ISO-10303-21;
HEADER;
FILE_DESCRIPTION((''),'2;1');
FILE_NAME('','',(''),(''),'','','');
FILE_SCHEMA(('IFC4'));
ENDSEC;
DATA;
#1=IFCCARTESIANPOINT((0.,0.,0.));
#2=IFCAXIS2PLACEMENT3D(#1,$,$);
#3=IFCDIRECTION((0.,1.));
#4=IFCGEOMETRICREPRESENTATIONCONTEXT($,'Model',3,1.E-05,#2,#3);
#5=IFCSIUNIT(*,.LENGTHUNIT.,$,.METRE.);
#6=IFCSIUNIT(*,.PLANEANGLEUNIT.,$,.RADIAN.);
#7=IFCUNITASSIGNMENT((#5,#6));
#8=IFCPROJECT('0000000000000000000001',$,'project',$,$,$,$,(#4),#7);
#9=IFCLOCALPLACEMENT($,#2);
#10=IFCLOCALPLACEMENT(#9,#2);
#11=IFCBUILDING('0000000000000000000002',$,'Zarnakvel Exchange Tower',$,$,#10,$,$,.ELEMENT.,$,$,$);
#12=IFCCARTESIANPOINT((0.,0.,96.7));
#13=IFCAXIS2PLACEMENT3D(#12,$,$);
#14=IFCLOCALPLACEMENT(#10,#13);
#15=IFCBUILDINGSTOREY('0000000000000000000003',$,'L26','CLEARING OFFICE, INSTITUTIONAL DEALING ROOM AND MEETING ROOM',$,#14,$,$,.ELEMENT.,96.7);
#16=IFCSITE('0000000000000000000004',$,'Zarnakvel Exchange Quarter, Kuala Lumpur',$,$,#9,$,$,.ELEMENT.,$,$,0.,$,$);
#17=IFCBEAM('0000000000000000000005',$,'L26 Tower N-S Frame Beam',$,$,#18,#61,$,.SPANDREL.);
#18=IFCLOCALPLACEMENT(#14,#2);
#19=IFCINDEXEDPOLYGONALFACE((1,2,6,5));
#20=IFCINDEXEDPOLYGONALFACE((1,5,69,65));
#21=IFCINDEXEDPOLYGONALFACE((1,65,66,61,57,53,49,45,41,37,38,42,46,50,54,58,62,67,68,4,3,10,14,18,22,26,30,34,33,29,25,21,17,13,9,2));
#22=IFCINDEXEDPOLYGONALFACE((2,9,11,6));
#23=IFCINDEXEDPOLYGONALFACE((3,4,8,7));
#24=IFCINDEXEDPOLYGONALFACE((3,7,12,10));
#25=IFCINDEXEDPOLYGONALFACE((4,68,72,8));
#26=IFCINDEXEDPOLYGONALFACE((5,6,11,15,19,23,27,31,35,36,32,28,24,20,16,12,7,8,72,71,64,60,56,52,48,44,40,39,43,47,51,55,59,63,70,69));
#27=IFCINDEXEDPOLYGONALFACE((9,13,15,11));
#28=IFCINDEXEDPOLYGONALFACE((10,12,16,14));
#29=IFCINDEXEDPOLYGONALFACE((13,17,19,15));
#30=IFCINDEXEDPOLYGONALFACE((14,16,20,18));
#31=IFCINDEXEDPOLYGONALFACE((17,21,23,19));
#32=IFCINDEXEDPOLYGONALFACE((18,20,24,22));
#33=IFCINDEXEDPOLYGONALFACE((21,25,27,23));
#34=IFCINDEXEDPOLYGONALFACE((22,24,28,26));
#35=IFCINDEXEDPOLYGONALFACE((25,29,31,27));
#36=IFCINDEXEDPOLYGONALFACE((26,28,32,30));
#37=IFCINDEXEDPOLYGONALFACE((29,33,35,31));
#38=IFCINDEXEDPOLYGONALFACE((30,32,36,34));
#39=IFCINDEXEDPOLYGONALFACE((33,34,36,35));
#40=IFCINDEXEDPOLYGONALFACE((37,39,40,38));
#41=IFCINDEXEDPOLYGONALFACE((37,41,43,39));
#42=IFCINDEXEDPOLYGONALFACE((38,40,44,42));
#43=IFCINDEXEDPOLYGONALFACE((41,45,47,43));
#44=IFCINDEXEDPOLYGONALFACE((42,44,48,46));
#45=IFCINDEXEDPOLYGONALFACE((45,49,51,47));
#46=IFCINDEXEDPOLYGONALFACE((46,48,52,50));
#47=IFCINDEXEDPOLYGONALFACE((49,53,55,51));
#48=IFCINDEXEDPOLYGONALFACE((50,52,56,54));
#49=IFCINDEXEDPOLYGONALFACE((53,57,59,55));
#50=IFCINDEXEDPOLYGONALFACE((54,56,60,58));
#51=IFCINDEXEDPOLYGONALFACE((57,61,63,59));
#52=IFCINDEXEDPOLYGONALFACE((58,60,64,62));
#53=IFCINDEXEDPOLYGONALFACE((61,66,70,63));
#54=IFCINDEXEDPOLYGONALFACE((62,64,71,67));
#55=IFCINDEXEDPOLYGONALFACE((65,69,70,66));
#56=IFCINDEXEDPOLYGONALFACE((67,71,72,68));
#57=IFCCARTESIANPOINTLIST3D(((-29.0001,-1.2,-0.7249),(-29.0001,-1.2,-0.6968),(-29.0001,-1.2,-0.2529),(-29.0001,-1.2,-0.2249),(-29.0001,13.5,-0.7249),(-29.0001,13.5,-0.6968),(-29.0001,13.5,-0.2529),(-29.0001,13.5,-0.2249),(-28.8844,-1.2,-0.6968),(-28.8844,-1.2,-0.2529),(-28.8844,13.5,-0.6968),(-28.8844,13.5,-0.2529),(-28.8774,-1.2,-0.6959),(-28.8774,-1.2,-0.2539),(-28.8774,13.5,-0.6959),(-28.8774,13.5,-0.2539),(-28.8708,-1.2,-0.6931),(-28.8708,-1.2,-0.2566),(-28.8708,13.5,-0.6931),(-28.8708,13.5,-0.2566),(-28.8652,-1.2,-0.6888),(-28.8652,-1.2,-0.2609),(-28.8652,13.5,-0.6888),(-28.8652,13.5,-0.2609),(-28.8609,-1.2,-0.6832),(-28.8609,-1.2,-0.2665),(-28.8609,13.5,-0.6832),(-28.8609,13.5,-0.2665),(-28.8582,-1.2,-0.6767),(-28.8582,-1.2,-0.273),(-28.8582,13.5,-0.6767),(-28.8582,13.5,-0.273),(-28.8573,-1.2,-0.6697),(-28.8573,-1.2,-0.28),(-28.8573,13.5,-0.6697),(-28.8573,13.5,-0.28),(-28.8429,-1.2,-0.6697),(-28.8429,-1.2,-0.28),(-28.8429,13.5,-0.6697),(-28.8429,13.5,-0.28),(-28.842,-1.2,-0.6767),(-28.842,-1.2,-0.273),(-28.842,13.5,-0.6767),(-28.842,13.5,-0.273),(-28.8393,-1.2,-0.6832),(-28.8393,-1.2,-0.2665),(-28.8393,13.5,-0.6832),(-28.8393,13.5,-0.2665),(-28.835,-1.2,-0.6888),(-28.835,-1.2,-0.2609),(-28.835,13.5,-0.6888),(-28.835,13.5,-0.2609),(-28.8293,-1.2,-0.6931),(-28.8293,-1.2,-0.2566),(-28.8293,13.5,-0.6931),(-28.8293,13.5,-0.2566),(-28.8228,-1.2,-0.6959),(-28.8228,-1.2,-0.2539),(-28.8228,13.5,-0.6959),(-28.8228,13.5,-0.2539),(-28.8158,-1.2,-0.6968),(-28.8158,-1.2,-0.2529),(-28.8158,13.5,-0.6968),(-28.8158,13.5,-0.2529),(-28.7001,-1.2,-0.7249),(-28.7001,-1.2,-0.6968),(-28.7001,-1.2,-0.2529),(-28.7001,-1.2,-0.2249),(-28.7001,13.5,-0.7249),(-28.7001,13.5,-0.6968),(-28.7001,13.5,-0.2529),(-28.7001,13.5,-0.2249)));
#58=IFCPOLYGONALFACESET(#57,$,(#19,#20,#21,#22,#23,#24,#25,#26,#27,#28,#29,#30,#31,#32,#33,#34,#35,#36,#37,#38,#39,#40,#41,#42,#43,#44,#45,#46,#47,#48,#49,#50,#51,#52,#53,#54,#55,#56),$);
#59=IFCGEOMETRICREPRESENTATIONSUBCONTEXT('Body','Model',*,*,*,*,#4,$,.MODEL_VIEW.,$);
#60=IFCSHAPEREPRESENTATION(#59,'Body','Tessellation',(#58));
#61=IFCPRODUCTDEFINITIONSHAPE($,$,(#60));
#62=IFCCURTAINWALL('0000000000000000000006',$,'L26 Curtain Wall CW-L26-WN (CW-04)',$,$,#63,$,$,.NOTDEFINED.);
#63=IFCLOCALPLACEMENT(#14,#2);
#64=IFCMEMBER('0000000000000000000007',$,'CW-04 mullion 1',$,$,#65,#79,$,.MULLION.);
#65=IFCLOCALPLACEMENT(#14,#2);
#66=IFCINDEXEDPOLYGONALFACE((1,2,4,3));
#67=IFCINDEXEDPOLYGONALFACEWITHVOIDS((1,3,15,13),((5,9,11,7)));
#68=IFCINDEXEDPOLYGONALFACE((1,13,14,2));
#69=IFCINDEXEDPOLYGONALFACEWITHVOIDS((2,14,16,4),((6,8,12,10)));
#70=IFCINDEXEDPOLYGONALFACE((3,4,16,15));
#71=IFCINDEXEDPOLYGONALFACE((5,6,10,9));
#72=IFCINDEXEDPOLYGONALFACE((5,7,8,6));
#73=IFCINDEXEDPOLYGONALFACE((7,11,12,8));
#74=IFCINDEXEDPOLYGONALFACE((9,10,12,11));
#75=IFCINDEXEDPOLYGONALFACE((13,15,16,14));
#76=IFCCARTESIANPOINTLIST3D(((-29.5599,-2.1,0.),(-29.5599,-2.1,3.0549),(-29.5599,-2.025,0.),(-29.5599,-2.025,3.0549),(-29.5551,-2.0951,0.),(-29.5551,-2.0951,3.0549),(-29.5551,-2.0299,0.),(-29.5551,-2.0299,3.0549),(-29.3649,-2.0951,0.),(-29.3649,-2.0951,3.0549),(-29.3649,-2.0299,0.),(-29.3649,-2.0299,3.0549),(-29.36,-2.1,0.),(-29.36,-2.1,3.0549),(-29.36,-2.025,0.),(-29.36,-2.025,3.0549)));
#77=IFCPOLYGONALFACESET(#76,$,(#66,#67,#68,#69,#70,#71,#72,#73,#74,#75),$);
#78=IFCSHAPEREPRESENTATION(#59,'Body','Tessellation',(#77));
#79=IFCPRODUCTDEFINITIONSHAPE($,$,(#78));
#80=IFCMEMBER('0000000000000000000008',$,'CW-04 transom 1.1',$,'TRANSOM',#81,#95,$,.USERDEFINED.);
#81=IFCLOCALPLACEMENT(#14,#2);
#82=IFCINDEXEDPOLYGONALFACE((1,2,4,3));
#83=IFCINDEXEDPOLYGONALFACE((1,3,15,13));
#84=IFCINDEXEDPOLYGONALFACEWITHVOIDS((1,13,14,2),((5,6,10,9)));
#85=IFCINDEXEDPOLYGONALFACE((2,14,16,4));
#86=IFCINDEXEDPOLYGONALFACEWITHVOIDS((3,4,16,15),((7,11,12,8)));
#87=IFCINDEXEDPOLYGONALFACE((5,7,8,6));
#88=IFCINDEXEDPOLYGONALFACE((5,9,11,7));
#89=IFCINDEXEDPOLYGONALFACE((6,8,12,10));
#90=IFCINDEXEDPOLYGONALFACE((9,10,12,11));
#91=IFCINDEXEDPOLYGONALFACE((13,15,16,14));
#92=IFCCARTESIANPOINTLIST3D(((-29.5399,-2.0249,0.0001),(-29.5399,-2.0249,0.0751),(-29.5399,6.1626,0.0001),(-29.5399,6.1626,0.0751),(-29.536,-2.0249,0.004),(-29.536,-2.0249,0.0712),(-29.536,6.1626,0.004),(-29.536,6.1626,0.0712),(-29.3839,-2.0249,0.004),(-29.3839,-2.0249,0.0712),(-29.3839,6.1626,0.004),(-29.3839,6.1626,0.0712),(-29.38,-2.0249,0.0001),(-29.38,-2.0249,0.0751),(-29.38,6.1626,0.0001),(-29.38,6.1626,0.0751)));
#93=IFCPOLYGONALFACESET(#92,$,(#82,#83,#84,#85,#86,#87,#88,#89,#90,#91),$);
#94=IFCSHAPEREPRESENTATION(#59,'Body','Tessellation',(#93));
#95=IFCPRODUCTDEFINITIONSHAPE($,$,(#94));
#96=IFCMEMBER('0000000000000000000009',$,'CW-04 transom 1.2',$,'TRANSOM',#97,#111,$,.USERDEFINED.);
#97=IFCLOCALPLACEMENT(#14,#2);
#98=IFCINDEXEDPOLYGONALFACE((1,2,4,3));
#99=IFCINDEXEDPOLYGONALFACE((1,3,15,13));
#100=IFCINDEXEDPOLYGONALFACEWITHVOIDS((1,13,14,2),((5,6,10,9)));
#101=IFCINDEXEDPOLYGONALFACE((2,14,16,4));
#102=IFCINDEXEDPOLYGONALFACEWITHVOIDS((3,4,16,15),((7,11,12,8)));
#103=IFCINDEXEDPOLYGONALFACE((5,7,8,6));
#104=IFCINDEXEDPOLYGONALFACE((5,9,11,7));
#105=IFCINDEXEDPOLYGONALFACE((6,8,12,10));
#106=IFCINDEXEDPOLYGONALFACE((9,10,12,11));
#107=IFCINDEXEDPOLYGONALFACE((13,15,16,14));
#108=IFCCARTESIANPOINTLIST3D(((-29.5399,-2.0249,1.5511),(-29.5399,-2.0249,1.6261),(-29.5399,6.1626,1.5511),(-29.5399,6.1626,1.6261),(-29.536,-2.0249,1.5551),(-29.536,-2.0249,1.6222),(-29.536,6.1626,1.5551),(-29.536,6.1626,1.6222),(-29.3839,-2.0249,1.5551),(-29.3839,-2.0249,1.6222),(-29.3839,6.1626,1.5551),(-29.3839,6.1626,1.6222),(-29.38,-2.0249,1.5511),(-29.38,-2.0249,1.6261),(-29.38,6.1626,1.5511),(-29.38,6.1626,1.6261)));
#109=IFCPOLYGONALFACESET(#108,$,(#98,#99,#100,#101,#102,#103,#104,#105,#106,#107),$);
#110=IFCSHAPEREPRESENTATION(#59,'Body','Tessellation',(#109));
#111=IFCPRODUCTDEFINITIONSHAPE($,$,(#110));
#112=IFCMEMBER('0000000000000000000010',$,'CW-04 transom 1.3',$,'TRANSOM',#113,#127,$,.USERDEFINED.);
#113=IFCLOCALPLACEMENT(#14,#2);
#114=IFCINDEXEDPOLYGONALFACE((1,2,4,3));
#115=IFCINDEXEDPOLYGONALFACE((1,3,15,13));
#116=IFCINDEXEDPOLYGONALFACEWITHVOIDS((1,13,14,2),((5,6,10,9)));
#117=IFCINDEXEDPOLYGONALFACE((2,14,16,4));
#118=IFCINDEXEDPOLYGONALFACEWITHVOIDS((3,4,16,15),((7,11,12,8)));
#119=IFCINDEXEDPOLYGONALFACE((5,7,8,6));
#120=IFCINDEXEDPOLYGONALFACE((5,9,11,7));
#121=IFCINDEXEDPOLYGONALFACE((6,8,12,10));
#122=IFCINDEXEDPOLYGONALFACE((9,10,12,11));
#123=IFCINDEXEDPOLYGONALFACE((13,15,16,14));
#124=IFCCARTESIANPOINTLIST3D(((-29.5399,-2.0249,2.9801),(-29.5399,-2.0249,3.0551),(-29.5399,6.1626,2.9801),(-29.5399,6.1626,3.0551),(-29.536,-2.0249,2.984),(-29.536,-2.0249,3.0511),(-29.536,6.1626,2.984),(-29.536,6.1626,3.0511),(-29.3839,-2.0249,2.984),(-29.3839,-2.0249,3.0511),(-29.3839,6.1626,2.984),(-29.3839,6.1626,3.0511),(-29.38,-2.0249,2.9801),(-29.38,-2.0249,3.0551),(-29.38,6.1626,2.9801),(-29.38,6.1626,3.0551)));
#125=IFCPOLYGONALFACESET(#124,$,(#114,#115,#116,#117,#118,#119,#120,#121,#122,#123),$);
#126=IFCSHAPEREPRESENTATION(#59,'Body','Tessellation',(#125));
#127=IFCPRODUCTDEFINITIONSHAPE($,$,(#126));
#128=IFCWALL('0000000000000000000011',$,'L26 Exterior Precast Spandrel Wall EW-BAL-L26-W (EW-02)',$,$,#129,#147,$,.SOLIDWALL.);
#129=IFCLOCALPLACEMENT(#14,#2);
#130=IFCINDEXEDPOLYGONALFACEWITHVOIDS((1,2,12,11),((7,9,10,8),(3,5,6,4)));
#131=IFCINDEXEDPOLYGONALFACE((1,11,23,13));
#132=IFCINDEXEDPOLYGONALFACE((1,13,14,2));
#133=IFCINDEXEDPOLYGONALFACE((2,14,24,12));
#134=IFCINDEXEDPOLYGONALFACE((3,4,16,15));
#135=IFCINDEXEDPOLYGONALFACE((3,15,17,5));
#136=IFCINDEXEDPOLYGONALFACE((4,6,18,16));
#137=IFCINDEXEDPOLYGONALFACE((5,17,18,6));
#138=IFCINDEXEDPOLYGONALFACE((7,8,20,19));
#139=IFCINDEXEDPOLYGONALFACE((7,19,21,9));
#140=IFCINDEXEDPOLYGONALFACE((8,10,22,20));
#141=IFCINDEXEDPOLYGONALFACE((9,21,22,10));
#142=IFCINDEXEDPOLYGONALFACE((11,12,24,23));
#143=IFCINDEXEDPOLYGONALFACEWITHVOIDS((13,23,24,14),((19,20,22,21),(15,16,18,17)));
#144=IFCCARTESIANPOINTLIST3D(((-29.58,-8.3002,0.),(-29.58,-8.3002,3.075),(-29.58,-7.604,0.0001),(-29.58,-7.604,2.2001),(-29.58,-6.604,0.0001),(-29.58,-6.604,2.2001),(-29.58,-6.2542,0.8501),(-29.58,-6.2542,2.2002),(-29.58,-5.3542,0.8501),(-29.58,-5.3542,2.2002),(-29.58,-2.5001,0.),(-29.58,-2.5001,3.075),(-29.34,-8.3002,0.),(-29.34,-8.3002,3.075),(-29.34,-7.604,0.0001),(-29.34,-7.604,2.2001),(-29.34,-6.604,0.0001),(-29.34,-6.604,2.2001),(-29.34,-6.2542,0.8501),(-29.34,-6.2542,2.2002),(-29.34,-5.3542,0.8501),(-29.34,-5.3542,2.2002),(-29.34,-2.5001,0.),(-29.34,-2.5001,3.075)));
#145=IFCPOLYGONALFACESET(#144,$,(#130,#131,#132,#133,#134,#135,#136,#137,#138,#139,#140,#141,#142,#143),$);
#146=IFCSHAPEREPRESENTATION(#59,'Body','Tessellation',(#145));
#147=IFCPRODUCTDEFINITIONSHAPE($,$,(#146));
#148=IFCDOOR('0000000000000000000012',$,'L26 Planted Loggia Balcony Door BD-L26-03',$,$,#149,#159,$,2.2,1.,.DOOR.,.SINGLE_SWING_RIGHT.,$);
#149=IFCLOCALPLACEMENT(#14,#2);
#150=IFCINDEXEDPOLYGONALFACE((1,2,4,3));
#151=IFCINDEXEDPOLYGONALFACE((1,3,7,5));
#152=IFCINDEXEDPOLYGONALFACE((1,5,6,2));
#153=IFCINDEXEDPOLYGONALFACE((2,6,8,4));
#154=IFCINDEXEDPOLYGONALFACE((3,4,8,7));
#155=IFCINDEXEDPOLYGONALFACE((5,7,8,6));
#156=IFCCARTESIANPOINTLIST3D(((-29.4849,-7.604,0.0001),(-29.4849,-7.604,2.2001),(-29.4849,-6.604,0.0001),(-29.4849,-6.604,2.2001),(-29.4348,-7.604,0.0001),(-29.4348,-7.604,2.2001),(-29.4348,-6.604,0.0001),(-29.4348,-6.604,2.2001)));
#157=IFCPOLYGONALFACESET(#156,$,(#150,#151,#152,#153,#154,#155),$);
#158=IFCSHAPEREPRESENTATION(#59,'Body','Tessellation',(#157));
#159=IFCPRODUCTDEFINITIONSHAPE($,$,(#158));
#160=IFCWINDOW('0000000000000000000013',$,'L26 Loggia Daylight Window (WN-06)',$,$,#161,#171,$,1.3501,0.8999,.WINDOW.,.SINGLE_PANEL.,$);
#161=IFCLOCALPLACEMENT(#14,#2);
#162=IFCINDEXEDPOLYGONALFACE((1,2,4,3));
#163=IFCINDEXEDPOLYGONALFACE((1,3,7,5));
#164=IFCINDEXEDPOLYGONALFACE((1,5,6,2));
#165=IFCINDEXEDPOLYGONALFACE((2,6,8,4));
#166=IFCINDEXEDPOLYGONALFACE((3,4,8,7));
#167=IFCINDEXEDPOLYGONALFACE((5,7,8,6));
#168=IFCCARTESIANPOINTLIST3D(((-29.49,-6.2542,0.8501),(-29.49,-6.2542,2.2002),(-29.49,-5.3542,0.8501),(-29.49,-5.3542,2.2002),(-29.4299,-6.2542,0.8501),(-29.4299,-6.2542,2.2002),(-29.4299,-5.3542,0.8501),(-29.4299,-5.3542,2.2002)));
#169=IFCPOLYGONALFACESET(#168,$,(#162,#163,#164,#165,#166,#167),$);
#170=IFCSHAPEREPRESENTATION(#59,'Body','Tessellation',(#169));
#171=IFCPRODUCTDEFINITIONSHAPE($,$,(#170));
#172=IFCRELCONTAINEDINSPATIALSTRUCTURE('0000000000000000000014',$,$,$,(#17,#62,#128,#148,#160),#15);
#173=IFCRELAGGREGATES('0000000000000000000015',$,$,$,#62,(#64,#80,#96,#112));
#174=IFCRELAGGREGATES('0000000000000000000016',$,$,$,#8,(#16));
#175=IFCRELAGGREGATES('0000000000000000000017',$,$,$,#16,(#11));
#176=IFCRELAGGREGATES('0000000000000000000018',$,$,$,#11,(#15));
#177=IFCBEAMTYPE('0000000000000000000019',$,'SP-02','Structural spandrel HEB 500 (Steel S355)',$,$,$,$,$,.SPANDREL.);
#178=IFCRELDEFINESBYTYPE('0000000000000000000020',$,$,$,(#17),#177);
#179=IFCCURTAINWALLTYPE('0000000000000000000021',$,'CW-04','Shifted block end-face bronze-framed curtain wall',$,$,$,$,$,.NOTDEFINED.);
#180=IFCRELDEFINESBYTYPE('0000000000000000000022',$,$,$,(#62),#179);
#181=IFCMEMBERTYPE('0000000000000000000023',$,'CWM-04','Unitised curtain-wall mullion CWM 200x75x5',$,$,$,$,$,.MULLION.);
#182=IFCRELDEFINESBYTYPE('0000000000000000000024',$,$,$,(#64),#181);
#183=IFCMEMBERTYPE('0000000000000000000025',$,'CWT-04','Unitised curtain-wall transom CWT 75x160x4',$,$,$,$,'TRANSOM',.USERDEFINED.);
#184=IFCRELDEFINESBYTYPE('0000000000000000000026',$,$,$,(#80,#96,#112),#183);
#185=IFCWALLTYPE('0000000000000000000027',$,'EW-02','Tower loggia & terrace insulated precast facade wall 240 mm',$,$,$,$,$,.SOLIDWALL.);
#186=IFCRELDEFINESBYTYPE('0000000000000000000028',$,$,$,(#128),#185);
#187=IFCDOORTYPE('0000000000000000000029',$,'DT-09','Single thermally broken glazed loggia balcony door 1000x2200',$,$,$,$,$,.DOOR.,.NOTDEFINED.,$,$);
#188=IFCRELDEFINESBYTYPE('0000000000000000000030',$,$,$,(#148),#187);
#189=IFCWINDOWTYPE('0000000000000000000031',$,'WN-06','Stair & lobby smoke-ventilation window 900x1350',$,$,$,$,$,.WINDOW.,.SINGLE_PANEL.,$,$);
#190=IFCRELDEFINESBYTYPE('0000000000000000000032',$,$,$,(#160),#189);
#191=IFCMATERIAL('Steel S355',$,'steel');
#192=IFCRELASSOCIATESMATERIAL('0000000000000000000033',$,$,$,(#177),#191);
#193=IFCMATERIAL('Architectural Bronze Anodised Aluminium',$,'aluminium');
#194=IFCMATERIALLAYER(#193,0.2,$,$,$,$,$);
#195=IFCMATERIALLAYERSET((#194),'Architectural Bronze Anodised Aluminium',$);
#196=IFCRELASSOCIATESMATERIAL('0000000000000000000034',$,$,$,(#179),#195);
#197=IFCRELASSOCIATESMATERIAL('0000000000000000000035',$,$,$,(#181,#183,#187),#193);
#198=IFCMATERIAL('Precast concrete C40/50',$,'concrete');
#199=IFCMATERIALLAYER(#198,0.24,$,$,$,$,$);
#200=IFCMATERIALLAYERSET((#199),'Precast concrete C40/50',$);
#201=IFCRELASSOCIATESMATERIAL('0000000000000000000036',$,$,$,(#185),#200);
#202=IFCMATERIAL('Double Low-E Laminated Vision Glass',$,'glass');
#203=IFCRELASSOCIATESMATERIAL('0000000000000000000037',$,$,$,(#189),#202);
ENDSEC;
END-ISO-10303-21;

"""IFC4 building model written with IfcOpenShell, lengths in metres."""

from ifc_helpers import new_model, si_unit, direction, frame, frame_2d, origin, origin_2d, place, context, subcontext, project, spatial, rectangle, hollow_rectangle, i_section, extrude, source, transform, mapped, material, layer, layer_set, material_profile, profile_set, type_object, element, fill, aggregate, save


model = new_model("IFC4")

# Units and contexts
model_context = context("Model", 3, precision=1e-05, world=origin(), true_north=direction((0.0, 1.0)))
body_context = subcontext(model_context, "Body", "Model", "MODEL_VIEW")
ifc_project = project(units=[si_unit("LENGTHUNIT", "METRE"), si_unit("PLANEANGLEUNIT", "RADIAN")], contexts=[model_context])

# Site, building, storey
site_placement = place(None, origin())
site = spatial("IfcSite", under=ifc_project, at=site_placement, Name="Zarnakvel Exchange Quarter, Kuala Lumpur", CompositionType="ELEMENT", RefElevation=0.0)
building_placement = place(site_placement, origin())
building = spatial("IfcBuilding", under=site, at=building_placement, Name="Zarnakvel Exchange Tower", CompositionType="ELEMENT")
storey_placement = place(building_placement, frame((0.0, 0.0, 96.7)))
storey = spatial("IfcBuildingStorey", under=building, at=storey_placement, Name="L26", Description="CLEARING OFFICE, INSTITUTIONAL DEALING ROOM AND MEETING ROOM", CompositionType="ELEMENT", Elevation=96.7)

# Shared definitions
ifc_material_1 = material(Name="Steel S355", Category="steel")

# Beam
ifc_material_profile_1 = material_profile(ifc_material_1, i_section(OverallWidth=0.3, OverallDepth=0.5, WebThickness=0.0144, FlangeThickness=0.0281, FilletRadius=0.0271, at=origin_2d()))
ifc_profile_set_1 = profile_set([ifc_material_profile_1], Name="Steel S355")
beam_type_1 = type_object("IfcBeamType", Name="SP-02", Description="Structural spandrel HEB 500 (Steel S355)", PredefinedType="SPANDREL", material=ifc_profile_set_1)
beam_1_placement = place(storey_placement, frame((-28.8501, -1.2, -0.4749), z_axis=(0.0, 1.0, 0.0), x_axis=(-1.0, 0.0, 0.0)))
element("IfcBeam", 1, at=beam_1_placement, inside=storey, type_object=beam_type_1, Name="L26 Tower N-S Frame Beam", PredefinedType="SPANDREL", context=body_context, shape_type="SweptSolid", body=[
    extrude(i_section(OverallWidth=0.3, OverallDepth=0.5, WebThickness=0.0144, FlangeThickness=0.0281, FilletRadius=0.0271, at=origin_2d()), origin(), (0.0, 0.0, 1.0), 14.7),
])

# Curtain wall, members
ifc_material_2 = material(Name="Architectural Bronze Anodised Aluminium", Category="aluminium")
ifc_layer_1 = layer(ifc_material_2, 0.2)
ifc_layer_set_1 = layer_set([ifc_layer_1], Name="Architectural Bronze Anodised Aluminium")
curtain_wall_type = type_object("IfcCurtainWallType", Name="CW-04", Description="Shifted block end-face bronze-framed curtain wall", PredefinedType="NOTDEFINED", material=ifc_layer_set_1)
curtain_wall_placement = place(storey_placement, origin())
curtain_wall = element("IfcCurtainWall", 2, at=curtain_wall_placement, inside=storey, type_object=curtain_wall_type, Name="L26 Curtain Wall CW-L26-WN (CW-04)", PredefinedType="NOTDEFINED")
ifc_material_profile_2 = material_profile(ifc_material_2, hollow_rectangle(XDim=0.2, YDim=0.075, WallThickness=0.0049, at=origin_2d()))
ifc_profile_set_2 = profile_set([ifc_material_profile_2], Name="Architectural Bronze Anodised Aluminium")
member_type_1 = type_object("IfcMemberType", Name="CWM-04", Description="Unitised curtain-wall mullion CWM 200x75x5", PredefinedType="MULLION", material=ifc_profile_set_2)
shared_shape_1 = source(origin(), body_context, "Body", "SweptSolid", [
    extrude(hollow_rectangle(XDim=0.2, YDim=0.075, WallThickness=0.0049, at=origin_2d()), origin(), (0.0, 0.0, 1.0), 3.0549),
])
member_1_placement = place(storey_placement, frame((-29.46, -2.0625, 0.0), z_axis=(0.0, 0.0, 1.0), x_axis=(-1.0, 0.0, 0.0)))
member_1 = element("IfcMember", 3, at=member_1_placement, type_object=member_type_1, Name="CW-04 mullion 1", PredefinedType="MULLION", context=body_context, shape_type="MappedRepresentation", body=[
    mapped(shared_shape_1, transform((0.0, 0.0, 0.0), x_axis=(1.0, 0.0, 0.0), y_axis=(0.0, 1.0, 0.0), z_axis=(0.0, 0.0, 1.0), scale=1.0)),
])
ifc_material_profile_3 = material_profile(ifc_material_2, hollow_rectangle(XDim=0.1599, YDim=0.075, WallThickness=0.0039, at=origin_2d()))
ifc_profile_set_3 = profile_set([ifc_material_profile_3], Name="Architectural Bronze Anodised Aluminium")
member_type_2 = type_object("IfcMemberType", Name="CWT-04", Description="Unitised curtain-wall transom CWT 75x160x4", ElementType="TRANSOM", PredefinedType="USERDEFINED", material=ifc_profile_set_3)
shared_shape_2 = source(origin(), body_context, "Body", "SweptSolid", [
    extrude(hollow_rectangle(XDim=0.1599, YDim=0.075, WallThickness=0.0039, at=origin_2d()), origin(), (0.0, 0.0, 1.0), 8.1875),
])
member_2_placement = place(storey_placement, frame((-29.46, -2.0249, 0.0376), z_axis=(0.0, 1.0, 0.0), x_axis=(-1.0, 0.0, 0.0)))
member_2 = element("IfcMember", 4, at=member_2_placement, type_object=member_type_2, Name="CW-04 transom 1.1", ObjectType="TRANSOM", PredefinedType="USERDEFINED", context=body_context, shape_type="MappedRepresentation", body=[
    mapped(shared_shape_2, transform((0.0, 0.0, 0.0), x_axis=(1.0, 0.0, 0.0), y_axis=(0.0, 1.0, 0.0), z_axis=(0.0, 0.0, 1.0), scale=1.0)),
])
member_3_placement = place(storey_placement, frame((-29.46, -2.0249, 1.5886), z_axis=(0.0, 1.0, 0.0), x_axis=(-1.0, 0.0, 0.0)))
member_3 = element("IfcMember", 5, at=member_3_placement, type_object=member_type_2, Name="CW-04 transom 1.2", ObjectType="TRANSOM", PredefinedType="USERDEFINED", context=body_context, shape_type="MappedRepresentation", body=[
    mapped(shared_shape_2, transform((0.0, 0.0, 0.0), x_axis=(1.0, 0.0, 0.0), y_axis=(0.0, 1.0, 0.0), z_axis=(0.0, 0.0, 1.0), scale=1.0)),
])
member_4_placement = place(storey_placement, frame((-29.46, -2.0249, 3.0176), z_axis=(0.0, 1.0, 0.0), x_axis=(-1.0, 0.0, 0.0)))
member_4 = element("IfcMember", 6, at=member_4_placement, type_object=member_type_2, Name="CW-04 transom 1.3", ObjectType="TRANSOM", PredefinedType="USERDEFINED", context=body_context, shape_type="MappedRepresentation", body=[
    mapped(shared_shape_2, transform((0.0, 0.0, 0.0), x_axis=(1.0, 0.0, 0.0), y_axis=(0.0, 1.0, 0.0), z_axis=(0.0, 0.0, 1.0), scale=1.0)),
])
aggregate(curtain_wall, [member_1, member_2, member_3, member_4])

# Wall, openings, door, window
ifc_material_3 = material(Name="Precast concrete C40/50", Category="concrete")
ifc_layer_2 = layer(ifc_material_3, 0.24)
ifc_layer_set_2 = layer_set([ifc_layer_2], Name="Precast concrete C40/50")
wall_type_1 = type_object("IfcWallType", Name="EW-02", Description="Tower loggia & terrace insulated precast facade wall 240 mm", PredefinedType="SOLIDWALL", material=ifc_layer_set_2)
wall_1_placement = place(storey_placement, frame((-29.46, -8.3, 0.0), z_axis=(0.0, 0.0, 1.0), x_axis=(0.0, 1.0, 0.0)))
wall_1 = element("IfcWall", 7, at=wall_1_placement, inside=storey, type_object=wall_type_1, Name="L26 Exterior Precast Spandrel Wall EW-BAL-L26-W (EW-02)", PredefinedType="SOLIDWALL", context=body_context, shape_type="SweptSolid", body=[
    extrude(rectangle(XDim=5.8, YDim=0.24, at=frame_2d((2.8999, 0.0))), origin(), (0.0, 0.0, 1.0), 3.075),
])
opening_1_placement = place(wall_1_placement, frame((0.696, 0.0, 0.0)))
opening_1 = element("IfcOpeningElement", 8, at=opening_1_placement, cuts=wall_1, PredefinedType="OPENING", context=body_context, shape_type="SweptSolid", body=[
    extrude(rectangle(XDim=1.0, YDim=2.2, at=frame_2d((0.5, 1.1001))), frame((0.0, 0.1299, 0.0), z_axis=(0.0, -1.0, 0.0), x_axis=(1.0, 0.0, 0.0)), (0.0, 0.0, 1.0), 0.26),
])
opening_2_placement = place(wall_1_placement, frame((2.0459, 0.0, 0.8501)))
opening_2 = element("IfcOpeningElement", 9, at=opening_2_placement, cuts=wall_1, PredefinedType="OPENING", context=body_context, shape_type="SweptSolid", body=[
    extrude(rectangle(XDim=0.8999, YDim=1.3501, at=frame_2d((0.45, 0.675))), frame((0.0, 0.1299, 0.0), z_axis=(0.0, -1.0, 0.0), x_axis=(1.0, 0.0, 0.0)), (0.0, 0.0, 1.0), 0.26),
])
door_type_1 = type_object("IfcDoorType", Name="DT-09", Description="Single thermally broken glazed loggia balcony door 1000x2200", OperationType="NOTDEFINED", PredefinedType="DOOR", material=ifc_material_2)
shared_shape_3 = source(origin(), body_context, "Body", "SweptSolid", [
    extrude(rectangle(XDim=1.0, YDim=2.2, at=frame_2d((0.5, 1.1001))), frame((0.0, 0.0249, 0.0), z_axis=(0.0, -1.0, 0.0), x_axis=(1.0, 0.0, 0.0)), (0.0, 0.0, 1.0), 0.05),
])
door_1_placement = place(opening_1_placement, origin())
door_1 = element("IfcDoor", 10, at=door_1_placement, inside=storey, type_object=door_type_1, Name="L26 Planted Loggia Balcony Door BD-L26-03", OperationType="SINGLE_SWING_RIGHT", OverallHeight=2.2, OverallWidth=1.0, PredefinedType="DOOR", context=body_context, shape_type="MappedRepresentation", body=[
    mapped(shared_shape_3, transform((0.0, 0.0, 0.0), x_axis=(1.0, 0.0, 0.0), y_axis=(0.0, 1.0, 0.0), z_axis=(0.0, 0.0, 1.0), scale=1.0)),
])
fill(opening_1, door_1)
ifc_material_4 = material(Name="Double Low-E Laminated Vision Glass", Category="glass")
window_type = type_object("IfcWindowType", Name="WN-06", Description="Stair & lobby smoke-ventilation window 900x1350", PartitioningType="SINGLE_PANEL", PredefinedType="WINDOW", material=ifc_material_4)
shared_shape_4 = source(origin(), body_context, "Body", "SweptSolid", [
    extrude(rectangle(XDim=0.8999, YDim=1.3501, at=frame_2d((0.45, 0.675))), frame((0.0, 0.03, 0.0), z_axis=(0.0, -1.0, 0.0), x_axis=(1.0, 0.0, 0.0)), (0.0, 0.0, 1.0), 0.0601),
])
window_placement = place(opening_2_placement, origin())
window = element("IfcWindow", 11, at=window_placement, inside=storey, type_object=window_type, Name="L26 Loggia Daylight Window (WN-06)", OverallHeight=1.3501, OverallWidth=0.8999, PartitioningType="SINGLE_PANEL", PredefinedType="WINDOW", context=body_context, shape_type="MappedRepresentation", body=[
    mapped(shared_shape_4, transform((0.0, 0.0, 0.0), x_axis=(1.0, 0.0, 0.0), y_axis=(0.0, 1.0, 0.0), z_axis=(0.0, 0.0, 1.0), scale=1.0)),
])
fill(opening_2, window)

save(model, "model.ifc")
